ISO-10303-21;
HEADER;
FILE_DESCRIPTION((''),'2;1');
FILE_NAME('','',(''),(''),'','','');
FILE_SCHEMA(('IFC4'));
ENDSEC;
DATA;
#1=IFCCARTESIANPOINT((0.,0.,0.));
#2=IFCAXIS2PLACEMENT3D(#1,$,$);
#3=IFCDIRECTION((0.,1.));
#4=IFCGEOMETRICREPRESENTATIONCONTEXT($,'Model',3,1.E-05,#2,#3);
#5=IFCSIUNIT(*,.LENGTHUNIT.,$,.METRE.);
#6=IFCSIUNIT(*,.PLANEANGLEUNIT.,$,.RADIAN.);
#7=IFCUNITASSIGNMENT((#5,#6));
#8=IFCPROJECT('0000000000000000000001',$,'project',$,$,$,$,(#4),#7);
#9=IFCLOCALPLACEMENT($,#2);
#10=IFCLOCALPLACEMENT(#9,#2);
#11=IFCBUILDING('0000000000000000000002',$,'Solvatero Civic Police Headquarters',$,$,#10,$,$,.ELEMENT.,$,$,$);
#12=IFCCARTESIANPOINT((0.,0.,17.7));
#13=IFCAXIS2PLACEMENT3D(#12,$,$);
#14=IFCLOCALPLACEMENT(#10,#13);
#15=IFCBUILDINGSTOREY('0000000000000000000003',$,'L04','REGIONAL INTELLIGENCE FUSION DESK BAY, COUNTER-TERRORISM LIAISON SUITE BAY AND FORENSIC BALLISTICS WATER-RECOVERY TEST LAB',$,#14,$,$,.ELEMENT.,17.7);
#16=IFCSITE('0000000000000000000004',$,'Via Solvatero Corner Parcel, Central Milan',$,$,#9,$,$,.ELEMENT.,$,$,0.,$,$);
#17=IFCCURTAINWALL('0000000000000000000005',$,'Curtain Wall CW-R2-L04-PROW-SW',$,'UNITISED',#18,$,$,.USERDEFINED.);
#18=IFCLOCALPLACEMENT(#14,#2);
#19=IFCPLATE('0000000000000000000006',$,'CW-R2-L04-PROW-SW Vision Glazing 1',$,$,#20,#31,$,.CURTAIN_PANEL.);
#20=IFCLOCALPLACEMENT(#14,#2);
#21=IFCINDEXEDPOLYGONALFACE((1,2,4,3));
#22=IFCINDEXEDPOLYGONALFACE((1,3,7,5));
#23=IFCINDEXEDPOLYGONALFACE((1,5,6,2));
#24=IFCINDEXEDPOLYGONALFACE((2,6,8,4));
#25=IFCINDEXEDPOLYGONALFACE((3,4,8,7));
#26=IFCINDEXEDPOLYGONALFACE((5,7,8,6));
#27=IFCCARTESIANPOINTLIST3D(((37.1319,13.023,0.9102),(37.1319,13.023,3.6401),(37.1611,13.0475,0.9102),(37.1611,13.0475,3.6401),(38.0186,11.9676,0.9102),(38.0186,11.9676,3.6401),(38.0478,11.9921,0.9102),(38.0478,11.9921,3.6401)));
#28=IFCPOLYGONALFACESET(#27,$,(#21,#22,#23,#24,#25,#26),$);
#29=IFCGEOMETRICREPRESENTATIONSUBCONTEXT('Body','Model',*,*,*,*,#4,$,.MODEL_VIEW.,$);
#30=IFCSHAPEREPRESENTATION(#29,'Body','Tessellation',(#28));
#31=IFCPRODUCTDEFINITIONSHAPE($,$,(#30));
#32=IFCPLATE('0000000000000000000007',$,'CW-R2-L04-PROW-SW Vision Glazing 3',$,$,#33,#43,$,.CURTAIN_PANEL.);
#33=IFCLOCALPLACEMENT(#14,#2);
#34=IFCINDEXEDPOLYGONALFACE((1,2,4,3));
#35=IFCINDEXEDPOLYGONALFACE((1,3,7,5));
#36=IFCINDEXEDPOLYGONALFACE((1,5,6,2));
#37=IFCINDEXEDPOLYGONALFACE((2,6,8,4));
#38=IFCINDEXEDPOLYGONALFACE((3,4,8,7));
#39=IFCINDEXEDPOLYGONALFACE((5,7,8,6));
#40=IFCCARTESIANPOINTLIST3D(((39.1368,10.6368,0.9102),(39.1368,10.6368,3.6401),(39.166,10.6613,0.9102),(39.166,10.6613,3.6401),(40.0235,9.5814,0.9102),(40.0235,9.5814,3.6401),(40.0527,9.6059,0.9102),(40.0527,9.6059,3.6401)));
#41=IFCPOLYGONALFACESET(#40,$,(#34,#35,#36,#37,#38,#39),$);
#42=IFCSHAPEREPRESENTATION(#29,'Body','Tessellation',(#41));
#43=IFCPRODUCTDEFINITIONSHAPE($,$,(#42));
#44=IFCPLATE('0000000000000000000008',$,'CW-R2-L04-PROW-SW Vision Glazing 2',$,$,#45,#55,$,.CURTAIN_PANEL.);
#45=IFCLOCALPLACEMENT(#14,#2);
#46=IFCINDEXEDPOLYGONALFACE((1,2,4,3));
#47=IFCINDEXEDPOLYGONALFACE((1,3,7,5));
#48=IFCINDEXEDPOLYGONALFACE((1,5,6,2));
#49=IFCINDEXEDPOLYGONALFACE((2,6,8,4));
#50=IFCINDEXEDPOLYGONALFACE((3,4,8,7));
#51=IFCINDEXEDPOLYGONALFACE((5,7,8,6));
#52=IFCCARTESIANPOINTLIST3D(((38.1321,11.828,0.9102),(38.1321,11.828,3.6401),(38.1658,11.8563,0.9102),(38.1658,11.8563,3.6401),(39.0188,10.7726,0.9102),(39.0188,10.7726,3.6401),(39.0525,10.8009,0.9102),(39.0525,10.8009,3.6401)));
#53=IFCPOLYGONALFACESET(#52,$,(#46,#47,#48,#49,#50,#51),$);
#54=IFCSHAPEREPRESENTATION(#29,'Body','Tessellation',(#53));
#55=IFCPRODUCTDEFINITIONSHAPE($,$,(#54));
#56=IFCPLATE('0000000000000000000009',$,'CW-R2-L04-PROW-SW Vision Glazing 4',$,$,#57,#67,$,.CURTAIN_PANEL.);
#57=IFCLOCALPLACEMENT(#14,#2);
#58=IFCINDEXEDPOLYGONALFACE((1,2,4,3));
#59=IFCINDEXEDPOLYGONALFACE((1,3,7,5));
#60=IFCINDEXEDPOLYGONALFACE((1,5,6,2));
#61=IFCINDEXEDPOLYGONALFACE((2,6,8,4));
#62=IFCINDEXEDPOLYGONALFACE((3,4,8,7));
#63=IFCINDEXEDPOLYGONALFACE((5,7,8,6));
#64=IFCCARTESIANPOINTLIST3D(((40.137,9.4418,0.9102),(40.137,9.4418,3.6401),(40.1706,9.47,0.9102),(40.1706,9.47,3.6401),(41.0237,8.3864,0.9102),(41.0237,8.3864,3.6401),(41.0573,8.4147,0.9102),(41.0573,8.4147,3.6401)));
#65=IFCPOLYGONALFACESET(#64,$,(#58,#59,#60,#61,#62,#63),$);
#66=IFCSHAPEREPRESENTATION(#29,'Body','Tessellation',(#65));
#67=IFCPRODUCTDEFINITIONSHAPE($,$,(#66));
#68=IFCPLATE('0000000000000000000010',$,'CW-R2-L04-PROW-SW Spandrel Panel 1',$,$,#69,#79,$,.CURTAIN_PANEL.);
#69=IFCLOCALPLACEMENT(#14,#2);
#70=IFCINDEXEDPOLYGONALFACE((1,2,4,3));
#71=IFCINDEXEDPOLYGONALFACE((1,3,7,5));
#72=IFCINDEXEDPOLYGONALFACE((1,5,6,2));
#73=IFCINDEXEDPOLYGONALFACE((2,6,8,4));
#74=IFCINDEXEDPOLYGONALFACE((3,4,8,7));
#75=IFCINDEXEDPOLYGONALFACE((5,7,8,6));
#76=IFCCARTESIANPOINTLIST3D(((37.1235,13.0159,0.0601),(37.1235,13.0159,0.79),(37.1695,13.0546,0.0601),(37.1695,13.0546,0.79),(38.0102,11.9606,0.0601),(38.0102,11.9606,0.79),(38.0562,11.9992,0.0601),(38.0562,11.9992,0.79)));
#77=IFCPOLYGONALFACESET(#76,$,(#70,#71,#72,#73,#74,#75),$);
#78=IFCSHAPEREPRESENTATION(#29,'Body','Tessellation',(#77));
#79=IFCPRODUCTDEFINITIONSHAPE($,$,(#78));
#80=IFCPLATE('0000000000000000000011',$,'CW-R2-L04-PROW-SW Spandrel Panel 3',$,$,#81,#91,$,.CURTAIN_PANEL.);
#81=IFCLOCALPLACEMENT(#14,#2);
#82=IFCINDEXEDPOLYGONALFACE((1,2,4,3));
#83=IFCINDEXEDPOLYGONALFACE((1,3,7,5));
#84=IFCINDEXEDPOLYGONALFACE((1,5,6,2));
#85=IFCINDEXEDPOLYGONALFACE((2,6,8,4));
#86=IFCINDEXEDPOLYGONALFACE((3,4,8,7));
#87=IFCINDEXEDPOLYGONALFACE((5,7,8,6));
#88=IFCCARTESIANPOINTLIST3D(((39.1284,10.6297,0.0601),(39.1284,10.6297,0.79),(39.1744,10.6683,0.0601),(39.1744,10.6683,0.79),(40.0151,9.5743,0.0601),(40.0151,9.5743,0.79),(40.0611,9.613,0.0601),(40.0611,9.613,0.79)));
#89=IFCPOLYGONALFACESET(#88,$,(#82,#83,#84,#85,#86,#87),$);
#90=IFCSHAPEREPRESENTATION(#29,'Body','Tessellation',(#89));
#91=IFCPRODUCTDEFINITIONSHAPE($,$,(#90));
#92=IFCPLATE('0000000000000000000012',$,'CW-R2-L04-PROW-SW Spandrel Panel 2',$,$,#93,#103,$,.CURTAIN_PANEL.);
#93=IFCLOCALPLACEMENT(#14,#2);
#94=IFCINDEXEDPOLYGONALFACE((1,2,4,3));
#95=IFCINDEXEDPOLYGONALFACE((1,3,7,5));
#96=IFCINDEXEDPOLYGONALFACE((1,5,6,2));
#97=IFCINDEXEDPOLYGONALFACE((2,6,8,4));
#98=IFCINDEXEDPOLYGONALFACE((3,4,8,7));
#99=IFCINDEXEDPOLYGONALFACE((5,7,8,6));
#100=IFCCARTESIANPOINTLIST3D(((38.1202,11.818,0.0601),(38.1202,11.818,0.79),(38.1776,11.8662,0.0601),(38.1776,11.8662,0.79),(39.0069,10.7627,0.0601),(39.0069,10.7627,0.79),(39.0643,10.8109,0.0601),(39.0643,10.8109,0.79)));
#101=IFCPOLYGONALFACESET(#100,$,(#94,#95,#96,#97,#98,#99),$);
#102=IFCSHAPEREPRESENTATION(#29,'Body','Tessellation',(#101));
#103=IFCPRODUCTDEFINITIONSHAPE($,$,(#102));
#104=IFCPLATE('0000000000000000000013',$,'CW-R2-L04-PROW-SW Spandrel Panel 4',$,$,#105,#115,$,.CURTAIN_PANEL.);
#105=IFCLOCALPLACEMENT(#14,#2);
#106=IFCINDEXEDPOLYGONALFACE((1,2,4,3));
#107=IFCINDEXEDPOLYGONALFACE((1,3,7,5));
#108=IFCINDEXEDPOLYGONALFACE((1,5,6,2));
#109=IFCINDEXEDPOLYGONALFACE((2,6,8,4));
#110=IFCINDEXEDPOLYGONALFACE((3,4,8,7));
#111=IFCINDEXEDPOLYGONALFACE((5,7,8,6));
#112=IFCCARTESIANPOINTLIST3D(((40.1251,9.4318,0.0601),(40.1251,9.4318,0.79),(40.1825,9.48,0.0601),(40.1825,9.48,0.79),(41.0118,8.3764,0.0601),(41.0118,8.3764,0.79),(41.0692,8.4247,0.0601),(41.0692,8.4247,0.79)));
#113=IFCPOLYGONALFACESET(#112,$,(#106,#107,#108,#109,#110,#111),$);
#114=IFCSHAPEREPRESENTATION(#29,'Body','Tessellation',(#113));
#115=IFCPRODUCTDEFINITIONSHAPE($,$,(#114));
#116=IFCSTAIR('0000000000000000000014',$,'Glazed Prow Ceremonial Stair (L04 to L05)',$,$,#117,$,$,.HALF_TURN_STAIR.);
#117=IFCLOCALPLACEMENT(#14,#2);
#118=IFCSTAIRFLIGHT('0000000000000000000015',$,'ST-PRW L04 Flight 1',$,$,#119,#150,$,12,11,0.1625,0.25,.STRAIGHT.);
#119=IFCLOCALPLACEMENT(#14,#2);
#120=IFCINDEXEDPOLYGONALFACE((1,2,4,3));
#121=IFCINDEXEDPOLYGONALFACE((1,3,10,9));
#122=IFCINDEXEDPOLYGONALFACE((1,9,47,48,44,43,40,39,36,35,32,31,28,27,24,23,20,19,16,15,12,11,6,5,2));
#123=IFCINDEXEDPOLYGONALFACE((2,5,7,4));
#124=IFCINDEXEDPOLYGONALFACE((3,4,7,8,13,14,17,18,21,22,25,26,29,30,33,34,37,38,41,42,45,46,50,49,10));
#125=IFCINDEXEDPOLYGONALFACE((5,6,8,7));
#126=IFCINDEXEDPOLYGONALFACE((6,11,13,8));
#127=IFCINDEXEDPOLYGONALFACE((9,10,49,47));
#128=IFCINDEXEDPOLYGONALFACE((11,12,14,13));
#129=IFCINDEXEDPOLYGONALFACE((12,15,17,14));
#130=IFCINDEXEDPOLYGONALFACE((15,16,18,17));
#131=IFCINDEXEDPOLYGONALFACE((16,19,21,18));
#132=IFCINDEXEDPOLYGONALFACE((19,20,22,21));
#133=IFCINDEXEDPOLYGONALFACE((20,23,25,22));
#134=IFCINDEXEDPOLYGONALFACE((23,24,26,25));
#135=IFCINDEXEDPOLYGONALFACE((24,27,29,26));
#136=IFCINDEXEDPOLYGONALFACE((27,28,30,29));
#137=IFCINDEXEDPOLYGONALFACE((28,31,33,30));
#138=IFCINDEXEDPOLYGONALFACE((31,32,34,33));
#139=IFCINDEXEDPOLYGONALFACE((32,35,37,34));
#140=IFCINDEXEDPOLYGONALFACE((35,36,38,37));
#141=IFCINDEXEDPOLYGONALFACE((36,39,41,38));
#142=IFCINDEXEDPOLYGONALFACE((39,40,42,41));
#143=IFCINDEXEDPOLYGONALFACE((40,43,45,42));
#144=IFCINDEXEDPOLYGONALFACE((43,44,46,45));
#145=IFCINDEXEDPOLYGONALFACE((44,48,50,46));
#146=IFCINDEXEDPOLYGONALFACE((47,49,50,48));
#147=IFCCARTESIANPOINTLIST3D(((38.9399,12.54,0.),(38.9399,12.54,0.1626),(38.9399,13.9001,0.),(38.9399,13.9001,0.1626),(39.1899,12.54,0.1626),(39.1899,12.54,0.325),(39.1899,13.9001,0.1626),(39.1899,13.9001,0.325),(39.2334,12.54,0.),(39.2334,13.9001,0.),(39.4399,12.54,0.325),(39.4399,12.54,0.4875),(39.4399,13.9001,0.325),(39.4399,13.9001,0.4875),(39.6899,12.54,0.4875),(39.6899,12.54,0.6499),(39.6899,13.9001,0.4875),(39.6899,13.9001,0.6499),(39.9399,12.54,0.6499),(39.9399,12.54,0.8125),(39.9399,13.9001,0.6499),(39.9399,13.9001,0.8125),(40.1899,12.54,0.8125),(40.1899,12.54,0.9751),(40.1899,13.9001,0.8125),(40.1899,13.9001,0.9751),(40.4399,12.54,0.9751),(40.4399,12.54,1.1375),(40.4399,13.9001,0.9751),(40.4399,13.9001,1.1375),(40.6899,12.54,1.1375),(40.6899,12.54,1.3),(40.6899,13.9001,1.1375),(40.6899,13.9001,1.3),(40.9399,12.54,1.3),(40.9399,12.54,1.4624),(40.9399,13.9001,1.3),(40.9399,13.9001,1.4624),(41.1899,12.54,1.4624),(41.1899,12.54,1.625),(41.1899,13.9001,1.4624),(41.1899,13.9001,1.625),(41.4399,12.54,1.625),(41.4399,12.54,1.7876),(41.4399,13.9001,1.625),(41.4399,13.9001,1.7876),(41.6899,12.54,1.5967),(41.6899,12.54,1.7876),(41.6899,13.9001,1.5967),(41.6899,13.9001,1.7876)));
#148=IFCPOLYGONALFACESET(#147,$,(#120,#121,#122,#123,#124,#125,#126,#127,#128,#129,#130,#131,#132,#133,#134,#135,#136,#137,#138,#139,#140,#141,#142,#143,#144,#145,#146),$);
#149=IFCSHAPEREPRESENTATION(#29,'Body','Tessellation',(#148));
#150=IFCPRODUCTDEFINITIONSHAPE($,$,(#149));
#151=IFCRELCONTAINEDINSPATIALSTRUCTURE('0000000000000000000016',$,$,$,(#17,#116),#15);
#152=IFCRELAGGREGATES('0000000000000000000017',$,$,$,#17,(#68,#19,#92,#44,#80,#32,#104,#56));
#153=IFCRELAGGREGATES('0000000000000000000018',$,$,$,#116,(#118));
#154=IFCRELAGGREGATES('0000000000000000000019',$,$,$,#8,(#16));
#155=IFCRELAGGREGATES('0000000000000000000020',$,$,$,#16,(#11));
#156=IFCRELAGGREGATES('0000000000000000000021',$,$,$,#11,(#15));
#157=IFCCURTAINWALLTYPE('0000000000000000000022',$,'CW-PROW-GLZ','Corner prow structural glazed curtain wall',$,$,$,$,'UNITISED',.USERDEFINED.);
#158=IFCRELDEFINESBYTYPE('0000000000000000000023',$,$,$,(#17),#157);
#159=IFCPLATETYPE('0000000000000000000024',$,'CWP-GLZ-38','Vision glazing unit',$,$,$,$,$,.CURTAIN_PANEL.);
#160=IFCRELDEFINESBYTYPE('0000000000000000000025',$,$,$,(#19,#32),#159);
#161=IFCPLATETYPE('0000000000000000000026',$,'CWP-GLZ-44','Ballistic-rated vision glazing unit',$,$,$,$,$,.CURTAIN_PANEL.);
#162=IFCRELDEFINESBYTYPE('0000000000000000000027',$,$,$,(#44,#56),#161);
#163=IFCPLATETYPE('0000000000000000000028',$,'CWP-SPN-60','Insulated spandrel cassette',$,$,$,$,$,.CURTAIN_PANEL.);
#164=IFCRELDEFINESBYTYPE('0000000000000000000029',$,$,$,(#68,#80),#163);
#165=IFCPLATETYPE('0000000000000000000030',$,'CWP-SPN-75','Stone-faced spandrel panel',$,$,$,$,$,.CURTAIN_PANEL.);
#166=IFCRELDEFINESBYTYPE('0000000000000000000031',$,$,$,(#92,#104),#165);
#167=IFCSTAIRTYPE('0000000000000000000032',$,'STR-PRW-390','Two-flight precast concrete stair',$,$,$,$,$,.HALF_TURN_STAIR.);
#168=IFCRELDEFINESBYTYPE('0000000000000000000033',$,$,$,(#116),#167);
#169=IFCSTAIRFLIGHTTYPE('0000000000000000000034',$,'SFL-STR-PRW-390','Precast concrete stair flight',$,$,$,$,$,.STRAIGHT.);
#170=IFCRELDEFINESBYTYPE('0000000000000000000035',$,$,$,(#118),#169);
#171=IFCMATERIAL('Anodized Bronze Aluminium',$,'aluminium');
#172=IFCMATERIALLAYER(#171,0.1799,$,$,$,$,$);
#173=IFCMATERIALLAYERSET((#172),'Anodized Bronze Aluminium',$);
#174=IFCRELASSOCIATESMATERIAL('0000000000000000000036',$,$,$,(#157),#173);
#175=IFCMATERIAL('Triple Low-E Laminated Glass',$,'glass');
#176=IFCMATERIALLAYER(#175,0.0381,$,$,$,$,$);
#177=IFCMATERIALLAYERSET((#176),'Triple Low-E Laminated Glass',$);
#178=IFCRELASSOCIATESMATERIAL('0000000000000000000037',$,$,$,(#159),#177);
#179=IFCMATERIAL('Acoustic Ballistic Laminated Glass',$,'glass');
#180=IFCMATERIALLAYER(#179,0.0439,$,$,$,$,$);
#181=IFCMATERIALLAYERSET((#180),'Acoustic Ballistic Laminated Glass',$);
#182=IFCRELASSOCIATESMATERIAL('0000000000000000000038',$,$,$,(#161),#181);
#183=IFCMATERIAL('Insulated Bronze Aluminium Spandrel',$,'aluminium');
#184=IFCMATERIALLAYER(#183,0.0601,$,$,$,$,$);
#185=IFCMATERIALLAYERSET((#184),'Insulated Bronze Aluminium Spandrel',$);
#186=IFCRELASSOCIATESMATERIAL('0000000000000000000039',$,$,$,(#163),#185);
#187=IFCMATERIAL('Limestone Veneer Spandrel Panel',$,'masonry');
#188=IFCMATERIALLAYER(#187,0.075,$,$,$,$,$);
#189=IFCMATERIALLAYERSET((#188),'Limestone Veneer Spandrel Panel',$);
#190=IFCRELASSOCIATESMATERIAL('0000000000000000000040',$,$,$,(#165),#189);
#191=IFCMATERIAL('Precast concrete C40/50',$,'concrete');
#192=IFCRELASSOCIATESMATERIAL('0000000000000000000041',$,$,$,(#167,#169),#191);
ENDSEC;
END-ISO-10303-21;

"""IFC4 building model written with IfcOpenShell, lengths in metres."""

from ifc_helpers import new_model, si_unit, direction, frame, origin, origin_2d, place, context, subcontext, project, spatial, polyline, rectangle, outline, extrude, material, layer, layer_set, type_object, element, aggregate, save


model = new_model("IFC4")

# Units and contexts
model_context = context("Model", 3, precision=1e-05, world=origin(), true_north=direction((0.0, 1.0)))
body_context = subcontext(model_context, "Body", "Model", "MODEL_VIEW")
ifc_project = project(units=[si_unit("LENGTHUNIT", "METRE"), si_unit("PLANEANGLEUNIT", "RADIAN")], contexts=[model_context])

# Site, building, storey
site_placement = place(None, origin())
site = spatial("IfcSite", under=ifc_project, at=site_placement, Name="Via Solvatero Corner Parcel, Central Milan", CompositionType="ELEMENT", RefElevation=0.0)
building_placement = place(site_placement, origin())
building = spatial("IfcBuilding", under=site, at=building_placement, Name="Solvatero Civic Police Headquarters", CompositionType="ELEMENT")
storey_placement = place(building_placement, frame((0.0, 0.0, 17.7)))
storey = spatial("IfcBuildingStorey", under=building, at=storey_placement, Name="L04", Description="REGIONAL INTELLIGENCE FUSION DESK BAY, COUNTER-TERRORISM LIAISON SUITE BAY AND FORENSIC BALLISTICS WATER-RECOVERY TEST LAB", CompositionType="ELEMENT", Elevation=17.7)

# Curtain wall, plates
ifc_material_1 = material(Name="Anodized Bronze Aluminium", Category="aluminium")
ifc_layer_1 = layer(ifc_material_1, 0.1799)
ifc_layer_set_1 = layer_set([ifc_layer_1], Name="Anodized Bronze Aluminium")
curtain_wall_type = type_object("IfcCurtainWallType", Name="CW-PROW-GLZ", Description="Corner prow structural glazed curtain wall", ElementType="UNITISED", PredefinedType="USERDEFINED", material=ifc_layer_set_1)
curtain_wall_placement = place(storey_placement, origin())
curtain_wall = element("IfcCurtainWall", 1, at=curtain_wall_placement, inside=storey, type_object=curtain_wall_type, Name="Curtain Wall CW-R2-L04-PROW-SW", ObjectType="UNITISED", PredefinedType="USERDEFINED")
ifc_material_2 = material(Name="Triple Low-E Laminated Glass", Category="glass")
ifc_layer_2 = layer(ifc_material_2, 0.0381)
ifc_layer_set_2 = layer_set([ifc_layer_2], Name="Triple Low-E Laminated Glass")
plate_type_1 = type_object("IfcPlateType", Name="CWP-GLZ-38", Description="Vision glazing unit", PredefinedType="CURTAIN_PANEL", material=ifc_layer_set_2)
plate_1_placement = place(storey_placement, frame((37.5898, 12.5076, 0.9102), z_axis=(0.0, 0.0, 1.0), x_axis=(0.643282, -0.765629, 0.0)))
plate_1 = element("IfcPlate", 2, at=plate_1_placement, type_object=plate_type_1, Name="CW-R2-L04-PROW-SW Vision Glazing 1", PredefinedType="CURTAIN_PANEL", context=body_context, shape_type="SweptSolid", body=[
    extrude(rectangle(XDim=1.3784, YDim=0.0381, at=origin_2d()), origin(), (0.0, 0.0, 1.0), 2.73),
])
plate_2_placement = place(storey_placement, frame((39.5947, 10.1213, 0.9102), z_axis=(0.0, 0.0, 1.0), x_axis=(0.643282, -0.765629, 0.0)))
plate_2 = element("IfcPlate", 3, at=plate_2_placement, type_object=plate_type_1, Name="CW-R2-L04-PROW-SW Vision Glazing 3", PredefinedType="CURTAIN_PANEL", context=body_context, shape_type="SweptSolid", body=[
    extrude(rectangle(XDim=1.3784, YDim=0.0381, at=origin_2d()), origin(), (0.0, 0.0, 1.0), 2.73),
])
ifc_material_3 = material(Name="Acoustic Ballistic Laminated Glass", Category="glass")
ifc_layer_3 = layer(ifc_material_3, 0.0439)
ifc_layer_set_3 = layer_set([ifc_layer_3], Name="Acoustic Ballistic Laminated Glass")
plate_type_2 = type_object("IfcPlateType", Name="CWP-GLZ-44", Description="Ballistic-rated vision glazing unit", PredefinedType="CURTAIN_PANEL", material=ifc_layer_set_3)
plate_3_placement = place(storey_placement, frame((38.5923, 11.3145, 0.9102), z_axis=(0.0, 0.0, 1.0), x_axis=(0.643282, -0.765629, 0.0)))
plate_3 = element("IfcPlate", 4, at=plate_3_placement, type_object=plate_type_2, Name="CW-R2-L04-PROW-SW Vision Glazing 2", PredefinedType="CURTAIN_PANEL", context=body_context, shape_type="SweptSolid", body=[
    extrude(rectangle(XDim=1.3784, YDim=0.0439, at=origin_2d()), origin(), (0.0, 0.0, 1.0), 2.73),
])
plate_4_placement = place(storey_placement, frame((40.5972, 8.9282, 0.9102), z_axis=(0.0, 0.0, 1.0), x_axis=(0.643282, -0.765629, 0.0)))
plate_4 = element("IfcPlate", 5, at=plate_4_placement, type_object=plate_type_2, Name="CW-R2-L04-PROW-SW Vision Glazing 4", PredefinedType="CURTAIN_PANEL", context=body_context, shape_type="SweptSolid", body=[
    extrude(rectangle(XDim=1.3784, YDim=0.0439, at=origin_2d()), origin(), (0.0, 0.0, 1.0), 2.73),
])
ifc_material_4 = material(Name="Insulated Bronze Aluminium Spandrel", Category="aluminium")
ifc_layer_4 = layer(ifc_material_4, 0.0601)
ifc_layer_set_4 = layer_set([ifc_layer_4], Name="Insulated Bronze Aluminium Spandrel")
plate_type_3 = type_object("IfcPlateType", Name="CWP-SPN-60", Description="Insulated spandrel cassette", PredefinedType="CURTAIN_PANEL", material=ifc_layer_set_4)
plate_5_placement = place(storey_placement, frame((37.5898, 12.5076, 0.0601), z_axis=(0.0, 0.0, 1.0), x_axis=(0.643282, -0.765629, 0.0)))
plate_5 = element("IfcPlate", 6, at=plate_5_placement, type_object=plate_type_3, Name="CW-R2-L04-PROW-SW Spandrel Panel 1", PredefinedType="CURTAIN_PANEL", context=body_context, shape_type="SweptSolid", body=[
    extrude(rectangle(XDim=1.3784, YDim=0.0601, at=origin_2d()), origin(), (0.0, 0.0, 1.0), 0.73),
])
plate_6_placement = place(storey_placement, frame((39.5947, 10.1213, 0.0601), z_axis=(0.0, 0.0, 1.0), x_axis=(0.643282, -0.765629, 0.0)))
plate_6 = element("IfcPlate", 7, at=plate_6_placement, type_object=plate_type_3, Name="CW-R2-L04-PROW-SW Spandrel Panel 3", PredefinedType="CURTAIN_PANEL", context=body_context, shape_type="SweptSolid", body=[
    extrude(rectangle(XDim=1.3784, YDim=0.0601, at=origin_2d()), origin(), (0.0, 0.0, 1.0), 0.73),
])
ifc_material_5 = material(Name="Limestone Veneer Spandrel Panel", Category="masonry")
ifc_layer_5 = layer(ifc_material_5, 0.075)
ifc_layer_set_5 = layer_set([ifc_layer_5], Name="Limestone Veneer Spandrel Panel")
plate_type_4 = type_object("IfcPlateType", Name="CWP-SPN-75", Description="Stone-faced spandrel panel", PredefinedType="CURTAIN_PANEL", material=ifc_layer_set_5)
plate_7_placement = place(storey_placement, frame((38.5923, 11.3145, 0.0601), z_axis=(0.0, 0.0, 1.0), x_axis=(0.643282, -0.765629, 0.0)))
plate_7 = element("IfcPlate", 8, at=plate_7_placement, type_object=plate_type_4, Name="CW-R2-L04-PROW-SW Spandrel Panel 2", PredefinedType="CURTAIN_PANEL", context=body_context, shape_type="SweptSolid", body=[
    extrude(rectangle(XDim=1.3784, YDim=0.075, at=origin_2d()), origin(), (0.0, 0.0, 1.0), 0.73),
])
plate_8_placement = place(storey_placement, frame((40.5972, 8.9282, 0.0601), z_axis=(0.0, 0.0, 1.0), x_axis=(0.643282, -0.765629, 0.0)))
plate_8 = element("IfcPlate", 9, at=plate_8_placement, type_object=plate_type_4, Name="CW-R2-L04-PROW-SW Spandrel Panel 4", PredefinedType="CURTAIN_PANEL", context=body_context, shape_type="SweptSolid", body=[
    extrude(rectangle(XDim=1.3784, YDim=0.075, at=origin_2d()), origin(), (0.0, 0.0, 1.0), 0.73),
])
aggregate(curtain_wall, [plate_5, plate_1, plate_7, plate_3, plate_6, plate_2, plate_8, plate_4])

# Stair, stair flight
ifc_material_6 = material(Name="Precast concrete C40/50", Category="concrete")
stair_type = type_object("IfcStairType", Name="STR-PRW-390", Description="Two-flight precast concrete stair", PredefinedType="HALF_TURN_STAIR", material=ifc_material_6)
stair_placement = place(storey_placement, origin())
stair = element("IfcStair", 10, at=stair_placement, inside=storey, type_object=stair_type, Name="Glazed Prow Ceremonial Stair (L04 to L05)", PredefinedType="HALF_TURN_STAIR")
stair_flight_type = type_object("IfcStairFlightType", Name="SFL-STR-PRW-390", Description="Precast concrete stair flight", PredefinedType="STRAIGHT", material=ifc_material_6)
stair_flight_placement = place(storey_placement, frame((38.9399, 13.22, 0.0), z_axis=(0.0, 0.0, 1.0), x_axis=(1.0, 0.0, 0.0)))
stair_flight = element("IfcStairFlight", 11, at=stair_flight_placement, type_object=stair_flight_type, Name="ST-PRW L04 Flight 1", NumberOfRisers=12, NumberOfTreads=11, PredefinedType="STRAIGHT", RiserHeight=0.1625, TreadLength=0.25, context=body_context, shape_type="SweptSolid", body=[
    extrude(outline(polyline([(0.0, 0.0), (0.0, 0.1626), (0.25, 0.1626), (0.25, 0.325), (0.5, 0.325), (0.5, 0.4875), (0.75, 0.4875), (0.75, 0.6499), (1.0, 0.6499), (1.0, 0.8125), (1.25, 0.8125), (1.25, 0.9751), (1.5, 0.9751), (1.5, 1.1375), (1.75, 1.1375), (1.75, 1.3), (2.0, 1.3), (2.0, 1.4624), (2.25, 1.4624), (2.25, 1.625), (2.5, 1.625), (2.5, 1.7876), (2.75, 1.7876), (2.75, 1.95), (2.75, 1.5967), (0.2935, 0.0), (0.0, 0.0)])), frame((0.0, 0.6802, 0.0), z_axis=(0.0, -1.0, 0.0), x_axis=(1.0, 0.0, 0.0)), (0.0, 0.0, 1.0), 1.3601),
])
aggregate(stair, [stair_flight])

save(model, "model.ifc")
